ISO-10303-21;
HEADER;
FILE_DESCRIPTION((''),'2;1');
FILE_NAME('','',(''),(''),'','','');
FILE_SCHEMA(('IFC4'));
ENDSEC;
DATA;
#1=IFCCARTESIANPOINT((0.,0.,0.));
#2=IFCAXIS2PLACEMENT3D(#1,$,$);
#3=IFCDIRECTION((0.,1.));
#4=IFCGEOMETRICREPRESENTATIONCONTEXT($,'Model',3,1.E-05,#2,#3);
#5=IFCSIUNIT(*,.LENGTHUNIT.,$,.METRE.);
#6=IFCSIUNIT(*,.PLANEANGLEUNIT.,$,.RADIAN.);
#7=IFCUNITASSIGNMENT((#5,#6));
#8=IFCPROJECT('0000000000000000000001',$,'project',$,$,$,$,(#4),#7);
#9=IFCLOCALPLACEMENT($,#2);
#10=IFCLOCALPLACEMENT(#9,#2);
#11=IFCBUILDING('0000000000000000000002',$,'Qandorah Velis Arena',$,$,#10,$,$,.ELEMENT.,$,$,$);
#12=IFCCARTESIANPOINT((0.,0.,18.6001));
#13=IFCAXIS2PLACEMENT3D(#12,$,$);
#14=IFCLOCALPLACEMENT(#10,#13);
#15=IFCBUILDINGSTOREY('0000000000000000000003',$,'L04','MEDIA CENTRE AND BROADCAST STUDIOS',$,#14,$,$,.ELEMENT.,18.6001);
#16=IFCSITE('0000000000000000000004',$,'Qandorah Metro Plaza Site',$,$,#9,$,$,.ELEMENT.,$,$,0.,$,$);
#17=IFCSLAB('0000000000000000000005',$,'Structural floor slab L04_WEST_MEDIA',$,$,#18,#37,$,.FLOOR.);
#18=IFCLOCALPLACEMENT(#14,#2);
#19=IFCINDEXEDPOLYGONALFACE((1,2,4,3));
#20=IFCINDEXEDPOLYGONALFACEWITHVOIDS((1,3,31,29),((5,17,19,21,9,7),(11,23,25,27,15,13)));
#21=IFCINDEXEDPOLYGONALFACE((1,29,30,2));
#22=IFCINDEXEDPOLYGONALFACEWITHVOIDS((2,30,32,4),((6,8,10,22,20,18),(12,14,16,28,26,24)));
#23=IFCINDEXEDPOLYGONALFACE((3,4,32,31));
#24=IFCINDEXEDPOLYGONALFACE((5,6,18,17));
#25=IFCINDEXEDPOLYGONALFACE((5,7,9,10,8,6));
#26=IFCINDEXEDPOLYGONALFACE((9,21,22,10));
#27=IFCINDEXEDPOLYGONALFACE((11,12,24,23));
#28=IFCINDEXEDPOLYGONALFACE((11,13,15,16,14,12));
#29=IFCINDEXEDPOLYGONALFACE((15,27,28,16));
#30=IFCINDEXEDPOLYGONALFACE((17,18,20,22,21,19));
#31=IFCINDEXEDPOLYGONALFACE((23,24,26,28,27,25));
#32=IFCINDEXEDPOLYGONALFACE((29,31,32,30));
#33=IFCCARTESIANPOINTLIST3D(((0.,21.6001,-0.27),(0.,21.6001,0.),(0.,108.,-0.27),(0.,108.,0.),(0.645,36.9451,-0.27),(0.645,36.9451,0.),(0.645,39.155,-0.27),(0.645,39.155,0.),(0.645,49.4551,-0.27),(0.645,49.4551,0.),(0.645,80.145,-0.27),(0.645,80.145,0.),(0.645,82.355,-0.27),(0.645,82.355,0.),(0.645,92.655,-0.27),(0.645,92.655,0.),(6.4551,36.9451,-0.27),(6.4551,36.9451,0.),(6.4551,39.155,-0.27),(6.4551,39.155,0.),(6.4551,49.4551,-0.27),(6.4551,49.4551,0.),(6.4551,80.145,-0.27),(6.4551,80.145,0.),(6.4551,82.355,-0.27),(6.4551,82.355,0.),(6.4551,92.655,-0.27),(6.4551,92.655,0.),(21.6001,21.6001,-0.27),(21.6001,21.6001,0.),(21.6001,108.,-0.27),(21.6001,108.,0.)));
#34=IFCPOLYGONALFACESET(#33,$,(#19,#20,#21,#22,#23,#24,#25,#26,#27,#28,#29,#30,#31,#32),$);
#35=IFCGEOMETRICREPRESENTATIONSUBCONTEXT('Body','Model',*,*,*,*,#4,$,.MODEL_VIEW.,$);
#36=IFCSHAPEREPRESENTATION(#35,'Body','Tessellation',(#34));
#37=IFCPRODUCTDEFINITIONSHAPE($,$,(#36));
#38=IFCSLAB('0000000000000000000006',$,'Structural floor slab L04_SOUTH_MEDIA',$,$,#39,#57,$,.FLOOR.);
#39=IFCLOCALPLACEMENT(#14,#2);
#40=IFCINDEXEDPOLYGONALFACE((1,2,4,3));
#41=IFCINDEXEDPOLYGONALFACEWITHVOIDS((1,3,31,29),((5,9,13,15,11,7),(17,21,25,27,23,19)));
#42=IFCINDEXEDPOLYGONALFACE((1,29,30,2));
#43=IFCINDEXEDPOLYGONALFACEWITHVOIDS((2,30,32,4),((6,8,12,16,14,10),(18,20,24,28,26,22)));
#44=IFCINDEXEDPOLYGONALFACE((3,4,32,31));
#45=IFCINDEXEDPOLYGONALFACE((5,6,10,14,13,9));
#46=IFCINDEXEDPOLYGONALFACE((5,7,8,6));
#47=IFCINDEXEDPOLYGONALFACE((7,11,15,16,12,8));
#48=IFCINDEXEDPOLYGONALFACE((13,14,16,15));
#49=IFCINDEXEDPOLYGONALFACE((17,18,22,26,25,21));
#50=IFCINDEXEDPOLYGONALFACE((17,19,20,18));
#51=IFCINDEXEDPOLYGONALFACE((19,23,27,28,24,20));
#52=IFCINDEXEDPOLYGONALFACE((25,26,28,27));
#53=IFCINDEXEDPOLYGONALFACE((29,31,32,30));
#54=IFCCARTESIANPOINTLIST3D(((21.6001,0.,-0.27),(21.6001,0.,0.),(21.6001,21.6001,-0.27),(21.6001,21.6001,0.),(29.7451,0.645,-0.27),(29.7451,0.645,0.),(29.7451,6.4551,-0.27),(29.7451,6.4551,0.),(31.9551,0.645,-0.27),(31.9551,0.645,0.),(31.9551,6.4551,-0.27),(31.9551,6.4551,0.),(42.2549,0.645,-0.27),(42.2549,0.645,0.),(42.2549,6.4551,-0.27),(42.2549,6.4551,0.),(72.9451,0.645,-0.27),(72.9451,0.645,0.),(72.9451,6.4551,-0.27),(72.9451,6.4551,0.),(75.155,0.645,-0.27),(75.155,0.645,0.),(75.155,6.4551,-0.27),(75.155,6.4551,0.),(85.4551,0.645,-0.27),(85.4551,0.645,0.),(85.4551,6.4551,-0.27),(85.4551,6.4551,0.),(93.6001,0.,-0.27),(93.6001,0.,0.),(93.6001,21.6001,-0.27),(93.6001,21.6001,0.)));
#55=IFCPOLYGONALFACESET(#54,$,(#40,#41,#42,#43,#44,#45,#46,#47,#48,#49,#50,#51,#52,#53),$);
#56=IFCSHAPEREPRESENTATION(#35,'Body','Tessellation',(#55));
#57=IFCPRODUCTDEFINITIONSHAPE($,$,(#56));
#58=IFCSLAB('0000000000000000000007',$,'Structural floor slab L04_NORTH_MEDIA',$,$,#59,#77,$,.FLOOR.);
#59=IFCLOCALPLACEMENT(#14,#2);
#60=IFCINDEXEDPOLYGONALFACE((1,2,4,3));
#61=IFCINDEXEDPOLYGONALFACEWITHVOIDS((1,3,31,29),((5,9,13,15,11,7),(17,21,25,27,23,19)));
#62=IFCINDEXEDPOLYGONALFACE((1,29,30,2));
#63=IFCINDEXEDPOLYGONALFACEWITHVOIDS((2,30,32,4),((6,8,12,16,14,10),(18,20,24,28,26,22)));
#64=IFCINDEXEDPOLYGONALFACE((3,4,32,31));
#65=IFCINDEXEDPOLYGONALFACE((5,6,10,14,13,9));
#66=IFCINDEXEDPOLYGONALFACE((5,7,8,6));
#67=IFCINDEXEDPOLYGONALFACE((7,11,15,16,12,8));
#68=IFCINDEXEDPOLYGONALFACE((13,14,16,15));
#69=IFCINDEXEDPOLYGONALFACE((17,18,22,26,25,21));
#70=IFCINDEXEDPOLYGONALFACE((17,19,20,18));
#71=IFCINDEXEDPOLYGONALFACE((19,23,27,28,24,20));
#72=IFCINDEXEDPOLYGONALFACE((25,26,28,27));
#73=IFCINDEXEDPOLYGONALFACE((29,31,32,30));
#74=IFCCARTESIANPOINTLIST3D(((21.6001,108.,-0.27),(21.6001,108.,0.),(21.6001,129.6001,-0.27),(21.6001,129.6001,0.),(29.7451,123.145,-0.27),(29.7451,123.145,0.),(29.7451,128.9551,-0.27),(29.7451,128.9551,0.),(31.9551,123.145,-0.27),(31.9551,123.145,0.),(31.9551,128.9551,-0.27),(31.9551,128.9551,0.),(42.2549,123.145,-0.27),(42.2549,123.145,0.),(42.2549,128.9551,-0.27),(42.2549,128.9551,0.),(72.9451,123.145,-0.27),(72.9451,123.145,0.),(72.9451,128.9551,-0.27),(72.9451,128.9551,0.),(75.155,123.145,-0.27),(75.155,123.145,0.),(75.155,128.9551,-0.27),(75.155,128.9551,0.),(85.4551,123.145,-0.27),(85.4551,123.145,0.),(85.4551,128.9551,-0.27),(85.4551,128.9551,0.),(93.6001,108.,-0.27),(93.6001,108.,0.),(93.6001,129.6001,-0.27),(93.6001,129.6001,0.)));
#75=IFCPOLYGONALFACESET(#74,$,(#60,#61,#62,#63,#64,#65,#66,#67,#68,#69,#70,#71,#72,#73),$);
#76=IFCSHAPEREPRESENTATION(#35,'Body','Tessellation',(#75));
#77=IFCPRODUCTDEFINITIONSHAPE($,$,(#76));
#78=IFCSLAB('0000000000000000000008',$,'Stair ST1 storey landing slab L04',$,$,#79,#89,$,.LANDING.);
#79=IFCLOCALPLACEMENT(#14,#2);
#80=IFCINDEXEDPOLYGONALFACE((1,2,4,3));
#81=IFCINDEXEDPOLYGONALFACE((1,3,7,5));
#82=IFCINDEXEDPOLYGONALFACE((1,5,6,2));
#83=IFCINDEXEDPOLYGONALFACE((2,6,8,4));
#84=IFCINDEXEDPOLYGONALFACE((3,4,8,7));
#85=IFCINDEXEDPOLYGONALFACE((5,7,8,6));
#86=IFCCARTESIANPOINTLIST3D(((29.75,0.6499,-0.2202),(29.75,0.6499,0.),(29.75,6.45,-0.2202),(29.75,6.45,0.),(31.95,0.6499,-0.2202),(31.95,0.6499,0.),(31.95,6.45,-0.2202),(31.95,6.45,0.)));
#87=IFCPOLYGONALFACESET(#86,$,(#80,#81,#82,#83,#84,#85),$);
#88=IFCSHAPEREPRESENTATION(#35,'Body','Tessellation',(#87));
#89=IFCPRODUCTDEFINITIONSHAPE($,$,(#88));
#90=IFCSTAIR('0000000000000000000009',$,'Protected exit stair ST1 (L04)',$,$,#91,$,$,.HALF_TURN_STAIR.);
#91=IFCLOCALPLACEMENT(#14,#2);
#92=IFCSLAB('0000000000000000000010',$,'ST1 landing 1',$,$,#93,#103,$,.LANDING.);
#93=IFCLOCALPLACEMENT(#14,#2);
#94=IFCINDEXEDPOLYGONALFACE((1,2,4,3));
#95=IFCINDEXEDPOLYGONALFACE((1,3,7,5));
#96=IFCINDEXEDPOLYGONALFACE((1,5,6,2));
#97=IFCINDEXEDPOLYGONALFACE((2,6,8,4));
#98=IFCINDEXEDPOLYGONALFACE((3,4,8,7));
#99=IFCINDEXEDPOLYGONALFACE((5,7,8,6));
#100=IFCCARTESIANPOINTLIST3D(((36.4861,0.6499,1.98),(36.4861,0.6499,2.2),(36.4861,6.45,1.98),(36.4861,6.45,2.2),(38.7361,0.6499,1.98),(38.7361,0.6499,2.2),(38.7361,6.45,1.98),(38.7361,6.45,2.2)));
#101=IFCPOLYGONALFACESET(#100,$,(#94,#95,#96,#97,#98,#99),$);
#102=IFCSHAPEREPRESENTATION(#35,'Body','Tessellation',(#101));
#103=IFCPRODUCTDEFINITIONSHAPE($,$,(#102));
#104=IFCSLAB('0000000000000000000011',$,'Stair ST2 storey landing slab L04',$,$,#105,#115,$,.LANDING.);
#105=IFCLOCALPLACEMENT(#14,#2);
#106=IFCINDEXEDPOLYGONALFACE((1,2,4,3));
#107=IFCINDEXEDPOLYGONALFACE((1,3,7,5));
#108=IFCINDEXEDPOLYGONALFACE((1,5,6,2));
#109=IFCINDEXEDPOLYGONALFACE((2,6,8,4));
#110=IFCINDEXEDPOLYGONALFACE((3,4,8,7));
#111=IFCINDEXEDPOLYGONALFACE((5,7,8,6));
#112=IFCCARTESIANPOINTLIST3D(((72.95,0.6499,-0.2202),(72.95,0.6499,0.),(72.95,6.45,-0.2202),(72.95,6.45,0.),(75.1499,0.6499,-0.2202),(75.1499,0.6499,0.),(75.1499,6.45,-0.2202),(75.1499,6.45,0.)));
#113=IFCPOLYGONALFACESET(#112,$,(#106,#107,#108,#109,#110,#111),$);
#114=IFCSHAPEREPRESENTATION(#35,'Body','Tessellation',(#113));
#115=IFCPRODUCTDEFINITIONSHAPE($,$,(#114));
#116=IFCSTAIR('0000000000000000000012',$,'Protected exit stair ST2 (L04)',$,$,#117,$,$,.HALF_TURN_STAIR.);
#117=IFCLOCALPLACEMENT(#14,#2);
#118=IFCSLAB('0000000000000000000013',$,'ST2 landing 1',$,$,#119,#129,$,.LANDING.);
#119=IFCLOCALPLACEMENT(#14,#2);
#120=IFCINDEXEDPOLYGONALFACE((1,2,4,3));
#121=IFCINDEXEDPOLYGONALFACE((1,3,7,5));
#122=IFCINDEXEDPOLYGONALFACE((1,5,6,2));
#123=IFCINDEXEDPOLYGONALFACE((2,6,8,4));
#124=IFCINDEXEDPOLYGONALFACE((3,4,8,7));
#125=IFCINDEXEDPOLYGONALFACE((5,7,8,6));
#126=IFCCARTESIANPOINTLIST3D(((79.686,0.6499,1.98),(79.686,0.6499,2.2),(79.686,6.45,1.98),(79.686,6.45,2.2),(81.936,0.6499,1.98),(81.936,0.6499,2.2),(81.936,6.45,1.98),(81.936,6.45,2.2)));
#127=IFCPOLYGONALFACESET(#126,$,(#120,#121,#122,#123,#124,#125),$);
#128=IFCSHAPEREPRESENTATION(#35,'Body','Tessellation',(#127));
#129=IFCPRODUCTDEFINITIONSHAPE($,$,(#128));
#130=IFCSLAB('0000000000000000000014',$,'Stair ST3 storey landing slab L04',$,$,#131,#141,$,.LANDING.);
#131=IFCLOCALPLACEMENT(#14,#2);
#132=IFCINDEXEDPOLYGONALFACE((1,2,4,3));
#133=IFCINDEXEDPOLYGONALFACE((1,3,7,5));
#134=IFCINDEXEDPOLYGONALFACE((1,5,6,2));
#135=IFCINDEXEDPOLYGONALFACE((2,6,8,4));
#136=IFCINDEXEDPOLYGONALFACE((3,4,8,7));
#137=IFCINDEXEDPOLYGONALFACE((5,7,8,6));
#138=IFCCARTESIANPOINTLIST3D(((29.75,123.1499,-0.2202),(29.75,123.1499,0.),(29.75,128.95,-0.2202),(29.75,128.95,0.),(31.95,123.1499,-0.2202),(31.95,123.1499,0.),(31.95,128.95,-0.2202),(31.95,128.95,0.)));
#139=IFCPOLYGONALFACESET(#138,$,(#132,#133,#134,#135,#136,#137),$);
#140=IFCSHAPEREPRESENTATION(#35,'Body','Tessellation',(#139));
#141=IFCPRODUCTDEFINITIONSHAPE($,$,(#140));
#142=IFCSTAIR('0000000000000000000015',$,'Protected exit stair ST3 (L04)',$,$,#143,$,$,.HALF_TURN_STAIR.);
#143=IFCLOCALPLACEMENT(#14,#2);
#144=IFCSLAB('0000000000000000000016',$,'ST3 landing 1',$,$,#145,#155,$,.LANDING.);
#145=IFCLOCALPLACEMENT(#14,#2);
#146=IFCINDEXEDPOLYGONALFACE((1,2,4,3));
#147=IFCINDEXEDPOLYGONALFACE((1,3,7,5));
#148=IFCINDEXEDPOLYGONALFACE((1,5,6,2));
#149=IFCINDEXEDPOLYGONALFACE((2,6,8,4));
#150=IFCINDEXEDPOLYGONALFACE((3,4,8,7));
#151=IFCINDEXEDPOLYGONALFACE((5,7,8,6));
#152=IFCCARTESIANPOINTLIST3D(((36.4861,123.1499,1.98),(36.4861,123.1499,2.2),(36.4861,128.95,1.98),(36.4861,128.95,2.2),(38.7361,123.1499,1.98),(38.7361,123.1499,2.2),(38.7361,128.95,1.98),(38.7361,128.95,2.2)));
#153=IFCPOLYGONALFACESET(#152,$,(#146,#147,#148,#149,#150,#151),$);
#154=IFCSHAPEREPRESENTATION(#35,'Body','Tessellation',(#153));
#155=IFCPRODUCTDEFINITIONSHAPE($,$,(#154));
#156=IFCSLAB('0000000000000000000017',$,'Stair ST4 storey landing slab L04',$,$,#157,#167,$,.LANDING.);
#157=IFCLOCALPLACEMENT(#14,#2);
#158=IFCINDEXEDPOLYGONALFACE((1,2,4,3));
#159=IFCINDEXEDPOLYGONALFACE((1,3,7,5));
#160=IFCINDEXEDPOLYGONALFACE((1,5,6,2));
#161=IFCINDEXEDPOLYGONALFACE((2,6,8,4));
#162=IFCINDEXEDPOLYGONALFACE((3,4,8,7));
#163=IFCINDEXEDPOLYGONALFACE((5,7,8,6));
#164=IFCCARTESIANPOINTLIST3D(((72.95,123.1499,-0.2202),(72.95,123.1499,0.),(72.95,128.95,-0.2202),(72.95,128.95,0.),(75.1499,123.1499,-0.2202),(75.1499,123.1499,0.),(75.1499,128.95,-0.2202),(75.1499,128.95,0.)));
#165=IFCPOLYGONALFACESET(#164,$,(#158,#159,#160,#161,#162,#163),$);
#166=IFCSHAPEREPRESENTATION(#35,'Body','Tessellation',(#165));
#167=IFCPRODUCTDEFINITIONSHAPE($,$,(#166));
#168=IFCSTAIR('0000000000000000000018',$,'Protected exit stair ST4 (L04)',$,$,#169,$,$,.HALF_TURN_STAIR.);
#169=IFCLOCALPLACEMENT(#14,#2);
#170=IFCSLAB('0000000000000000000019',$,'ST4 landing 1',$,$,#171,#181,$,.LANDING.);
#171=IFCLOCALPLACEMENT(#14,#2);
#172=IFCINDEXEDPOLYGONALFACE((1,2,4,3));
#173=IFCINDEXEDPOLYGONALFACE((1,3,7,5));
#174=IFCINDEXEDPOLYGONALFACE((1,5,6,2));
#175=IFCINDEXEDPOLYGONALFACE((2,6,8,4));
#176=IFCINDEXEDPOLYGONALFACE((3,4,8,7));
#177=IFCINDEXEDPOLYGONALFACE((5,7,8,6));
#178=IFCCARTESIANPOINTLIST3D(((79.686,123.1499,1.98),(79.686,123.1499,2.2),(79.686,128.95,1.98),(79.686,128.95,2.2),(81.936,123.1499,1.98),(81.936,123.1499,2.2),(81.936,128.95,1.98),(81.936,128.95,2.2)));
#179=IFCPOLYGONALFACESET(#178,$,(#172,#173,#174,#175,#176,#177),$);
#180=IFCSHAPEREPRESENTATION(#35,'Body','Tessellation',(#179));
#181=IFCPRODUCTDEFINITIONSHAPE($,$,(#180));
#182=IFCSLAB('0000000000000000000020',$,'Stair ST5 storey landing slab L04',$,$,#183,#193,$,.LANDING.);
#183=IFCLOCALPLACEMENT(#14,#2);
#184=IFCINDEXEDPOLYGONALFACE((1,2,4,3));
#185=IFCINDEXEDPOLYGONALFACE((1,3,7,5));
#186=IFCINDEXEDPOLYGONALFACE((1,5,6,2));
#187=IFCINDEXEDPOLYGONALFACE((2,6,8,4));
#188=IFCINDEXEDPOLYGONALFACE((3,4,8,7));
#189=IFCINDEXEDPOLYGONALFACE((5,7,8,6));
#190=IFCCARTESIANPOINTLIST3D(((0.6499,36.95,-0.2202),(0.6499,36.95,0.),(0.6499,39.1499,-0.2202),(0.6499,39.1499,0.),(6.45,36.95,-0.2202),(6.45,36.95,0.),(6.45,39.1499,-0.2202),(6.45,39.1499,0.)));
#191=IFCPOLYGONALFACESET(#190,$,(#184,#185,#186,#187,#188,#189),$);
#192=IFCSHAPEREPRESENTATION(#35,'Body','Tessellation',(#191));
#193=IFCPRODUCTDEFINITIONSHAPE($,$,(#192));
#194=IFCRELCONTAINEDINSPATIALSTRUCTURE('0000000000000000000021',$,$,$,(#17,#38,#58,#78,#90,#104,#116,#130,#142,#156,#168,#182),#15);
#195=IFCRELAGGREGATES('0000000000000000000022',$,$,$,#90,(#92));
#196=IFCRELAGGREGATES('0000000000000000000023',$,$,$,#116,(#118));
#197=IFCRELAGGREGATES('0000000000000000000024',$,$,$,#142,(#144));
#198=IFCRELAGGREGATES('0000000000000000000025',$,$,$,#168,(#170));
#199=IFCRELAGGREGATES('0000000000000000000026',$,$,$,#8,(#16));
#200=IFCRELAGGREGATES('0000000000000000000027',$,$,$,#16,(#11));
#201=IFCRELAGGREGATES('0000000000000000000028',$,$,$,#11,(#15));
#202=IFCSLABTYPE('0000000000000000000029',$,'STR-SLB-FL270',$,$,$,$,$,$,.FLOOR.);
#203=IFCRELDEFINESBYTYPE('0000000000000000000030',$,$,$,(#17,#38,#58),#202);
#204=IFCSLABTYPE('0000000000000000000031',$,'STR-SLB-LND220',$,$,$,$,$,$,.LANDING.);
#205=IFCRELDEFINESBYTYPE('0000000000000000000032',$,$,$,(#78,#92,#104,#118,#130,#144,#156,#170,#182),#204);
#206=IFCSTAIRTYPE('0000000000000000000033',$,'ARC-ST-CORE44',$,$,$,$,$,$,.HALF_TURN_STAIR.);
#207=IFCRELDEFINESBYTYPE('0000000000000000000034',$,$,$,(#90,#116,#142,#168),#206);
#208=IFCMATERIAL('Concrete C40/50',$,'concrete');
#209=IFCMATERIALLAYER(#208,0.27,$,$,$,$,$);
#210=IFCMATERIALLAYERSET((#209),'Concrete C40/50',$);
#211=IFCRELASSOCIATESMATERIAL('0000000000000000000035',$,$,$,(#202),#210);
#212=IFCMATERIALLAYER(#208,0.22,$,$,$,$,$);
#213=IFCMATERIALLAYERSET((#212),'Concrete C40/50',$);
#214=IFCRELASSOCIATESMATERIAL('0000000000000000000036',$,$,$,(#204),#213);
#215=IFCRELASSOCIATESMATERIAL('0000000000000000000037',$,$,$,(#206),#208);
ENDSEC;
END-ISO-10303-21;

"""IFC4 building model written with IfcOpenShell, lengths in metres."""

from ifc_helpers import new_model, si_unit, direction, frame, origin, place, context, subcontext, project, spatial, polyline, outline, extrude, material, layer, layer_set, type_object, element, aggregate, save


model = new_model("IFC4")

# Units and contexts
model_context = context("Model", 3, precision=1e-05, world=origin(), true_north=direction((0.0, 1.0)))
body_context = subcontext(model_context, "Body", "Model", "MODEL_VIEW")
ifc_project = project(units=[si_unit("LENGTHUNIT", "METRE"), si_unit("PLANEANGLEUNIT", "RADIAN")], contexts=[model_context])

# Site, building, storey
site_placement = place(None, origin())
site = spatial("IfcSite", under=ifc_project, at=site_placement, Name="Qandorah Metro Plaza Site", CompositionType="ELEMENT", RefElevation=0.0)
building_placement = place(site_placement, origin())
building = spatial("IfcBuilding", under=site, at=building_placement, Name="Qandorah Velis Arena", CompositionType="ELEMENT")
storey_placement = place(building_placement, frame((0.0, 0.0, 18.6001)))
storey = spatial("IfcBuildingStorey", under=building, at=storey_placement, Name="L04", Description="MEDIA CENTRE AND BROADCAST STUDIOS", CompositionType="ELEMENT", Elevation=18.6001)

# Shared definitions
ifc_material_1 = material(Name="Concrete C40/50", Category="concrete")

# Slabs
ifc_layer_1 = layer(ifc_material_1, 0.27)
ifc_layer_set_1 = layer_set([ifc_layer_1], Name="Concrete C40/50")
slab_type_1 = type_object("IfcSlabType", Name="STR-SLB-FL270", PredefinedType="FLOOR", material=ifc_layer_set_1)
slab_1_placement = place(storey_placement, frame((0.0, 0.0, -0.27)))
element("IfcSlab", 1, at=slab_1_placement, inside=storey, type_object=slab_type_1, Name="Structural floor slab L04_WEST_MEDIA", PredefinedType="FLOOR", context=body_context, shape_type="SweptSolid", body=[
    extrude(outline(polyline([(21.6001, 21.6001), (0.0, 21.6001), (0.0, 108.0), (21.6001, 108.0), (21.6001, 21.6001)]), holes=[polyline([(6.4551, 36.9451), (6.4551, 39.155), (6.4551, 49.4551), (0.645, 49.4551), (0.645, 39.155), (0.645, 36.9451), (6.4551, 36.9451)]), polyline([(0.645, 80.145), (6.4551, 80.145), (6.4551, 82.355), (6.4551, 92.655), (0.645, 92.655), (0.645, 82.355), (0.645, 80.145)])]), origin(), (0.0, 0.0, 1.0), 0.27),
])
slab_2_placement = place(storey_placement, frame((0.0, 0.0, -0.27)))
element("IfcSlab", 2, at=slab_2_placement, inside=storey, type_object=slab_type_1, Name="Structural floor slab L04_SOUTH_MEDIA", PredefinedType="FLOOR", context=body_context, shape_type="SweptSolid", body=[
    extrude(outline(polyline([(93.6001, 0.0), (21.6001, 0.0), (21.6001, 21.6001), (93.6001, 21.6001), (93.6001, 0.0)]), holes=[polyline([(31.9551, 0.645), (42.2549, 0.645), (42.2549, 6.4551), (31.9551, 6.4551), (29.7451, 6.4551), (29.7451, 0.645), (31.9551, 0.645)]), polyline([(72.9451, 0.645), (75.155, 0.645), (85.4551, 0.645), (85.4551, 6.4551), (75.155, 6.4551), (72.9451, 6.4551), (72.9451, 0.645)])]), origin(), (0.0, 0.0, 1.0), 0.27),
])
slab_3_placement = place(storey_placement, frame((0.0, 0.0, -0.27)))
element("IfcSlab", 3, at=slab_3_placement, inside=storey, type_object=slab_type_1, Name="Structural floor slab L04_NORTH_MEDIA", PredefinedType="FLOOR", context=body_context, shape_type="SweptSolid", body=[
    extrude(outline(polyline([(93.6001, 108.0), (21.6001, 108.0), (21.6001, 129.6001), (93.6001, 129.6001), (93.6001, 108.0)]), holes=[polyline([(29.7451, 123.145), (31.9551, 123.145), (42.2549, 123.145), (42.2549, 128.9551), (31.9551, 128.9551), (31.9551, 128.9551), (29.7451, 128.9551), (29.7451, 128.9551), (29.7451, 123.145)]), polyline([(72.9451, 128.9551), (72.9451, 123.145), (75.155, 123.145), (85.4551, 123.145), (85.4551, 128.9551), (75.155, 128.9551), (75.155, 128.9551), (72.9451, 128.9551), (72.9451, 128.9551)])]), origin(), (0.0, 0.0, 1.0), 0.27),
])
ifc_layer_2 = layer(ifc_material_1, 0.22)
ifc_layer_set_2 = layer_set([ifc_layer_2], Name="Concrete C40/50")
slab_type_2 = type_object("IfcSlabType", Name="STR-SLB-LND220", PredefinedType="LANDING", material=ifc_layer_set_2)
slab_4_placement = place(storey_placement, frame((0.0, 0.0, -0.2202)))
element("IfcSlab", 4, at=slab_4_placement, inside=storey, type_object=slab_type_2, Name="Stair ST1 storey landing slab L04", PredefinedType="LANDING", context=body_context, shape_type="SweptSolid", body=[
    extrude(outline(polyline([(29.75, 0.6499), (31.95, 0.6499), (31.95, 6.45), (29.75, 6.45), (29.75, 0.6499)])), origin(), (0.0, 0.0, 1.0), 0.2202),
])

# Stair, slab
stair_type = type_object("IfcStairType", Name="ARC-ST-CORE44", PredefinedType="HALF_TURN_STAIR", material=ifc_material_1)
stair_1_placement = place(storey_placement, origin())
stair_1 = element("IfcStair", 5, at=stair_1_placement, inside=storey, type_object=stair_type, Name="Protected exit stair ST1 (L04)", PredefinedType="HALF_TURN_STAIR")
slab_5_placement = place(storey_placement, frame((0.0, 0.0, 1.98)))
slab_5 = element("IfcSlab", 6, at=slab_5_placement, type_object=slab_type_2, Name="ST1 landing 1", PredefinedType="LANDING", context=body_context, shape_type="SweptSolid", body=[
    extrude(outline(polyline([(36.4861, 0.6499), (38.7361, 0.6499), (38.7361, 6.45), (36.4861, 6.45), (36.4861, 0.6499)])), origin(), (0.0, 0.0, 1.0), 0.22),
])
aggregate(stair_1, [slab_5])

# Slab
slab_6_placement = place(storey_placement, frame((0.0, 0.0, -0.2202)))
element("IfcSlab", 7, at=slab_6_placement, inside=storey, type_object=slab_type_2, Name="Stair ST2 storey landing slab L04", PredefinedType="LANDING", context=body_context, shape_type="SweptSolid", body=[
    extrude(outline(polyline([(72.95, 0.6499), (75.1499, 0.6499), (75.1499, 6.45), (72.95, 6.45), (72.95, 0.6499)])), origin(), (0.0, 0.0, 1.0), 0.2202),
])

# Stair, slab
stair_2_placement = place(storey_placement, origin())
stair_2 = element("IfcStair", 8, at=stair_2_placement, inside=storey, type_object=stair_type, Name="Protected exit stair ST2 (L04)", PredefinedType="HALF_TURN_STAIR")
slab_7_placement = place(storey_placement, frame((0.0, 0.0, 1.98)))
slab_7 = element("IfcSlab", 9, at=slab_7_placement, type_object=slab_type_2, Name="ST2 landing 1", PredefinedType="LANDING", context=body_context, shape_type="SweptSolid", body=[
    extrude(outline(polyline([(79.686, 0.6499), (81.936, 0.6499), (81.936, 6.45), (79.686, 6.45), (79.686, 0.6499)])), origin(), (0.0, 0.0, 1.0), 0.22),
])
aggregate(stair_2, [slab_7])

# Slab
slab_8_placement = place(storey_placement, frame((0.0, 0.0, -0.2202)))
element("IfcSlab", 10, at=slab_8_placement, inside=storey, type_object=slab_type_2, Name="Stair ST3 storey landing slab L04", PredefinedType="LANDING", context=body_context, shape_type="SweptSolid", body=[
    extrude(outline(polyline([(29.75, 123.1499), (31.95, 123.1499), (31.95, 128.95), (29.75, 128.95), (29.75, 123.1499)])), origin(), (0.0, 0.0, 1.0), 0.2202),
])

# Stair, slab
stair_3_placement = place(storey_placement, origin())
stair_3 = element("IfcStair", 11, at=stair_3_placement, inside=storey, type_object=stair_type, Name="Protected exit stair ST3 (L04)", PredefinedType="HALF_TURN_STAIR")
slab_9_placement = place(storey_placement, frame((0.0, 0.0, 1.98)))
slab_9 = element("IfcSlab", 12, at=slab_9_placement, type_object=slab_type_2, Name="ST3 landing 1", PredefinedType="LANDING", context=body_context, shape_type="SweptSolid", body=[
    extrude(outline(polyline([(36.4861, 123.1499), (38.7361, 123.1499), (38.7361, 128.95), (36.4861, 128.95), (36.4861, 123.1499)])), origin(), (0.0, 0.0, 1.0), 0.22),
])
aggregate(stair_3, [slab_9])

# Slab
slab_10_placement = place(storey_placement, frame((0.0, 0.0, -0.2202)))
element("IfcSlab", 13, at=slab_10_placement, inside=storey, type_object=slab_type_2, Name="Stair ST4 storey landing slab L04", PredefinedType="LANDING", context=body_context, shape_type="SweptSolid", body=[
    extrude(outline(polyline([(72.95, 123.1499), (75.1499, 123.1499), (75.1499, 128.95), (72.95, 128.95), (72.95, 123.1499)])), origin(), (0.0, 0.0, 1.0), 0.2202),
])

# Stair, slab
stair_4_placement = place(storey_placement, origin())
stair_4 = element("IfcStair", 14, at=stair_4_placement, inside=storey, type_object=stair_type, Name="Protected exit stair ST4 (L04)", PredefinedType="HALF_TURN_STAIR")
slab_11_placement = place(storey_placement, frame((0.0, 0.0, 1.98)))
slab_11 = element("IfcSlab", 15, at=slab_11_placement, type_object=slab_type_2, Name="ST4 landing 1", PredefinedType="LANDING", context=body_context, shape_type="SweptSolid", body=[
    extrude(outline(polyline([(79.686, 123.1499), (81.936, 123.1499), (81.936, 128.95), (79.686, 128.95), (79.686, 123.1499)])), origin(), (0.0, 0.0, 1.0), 0.22),
])
aggregate(stair_4, [slab_11])

# Slab
slab_12_placement = place(storey_placement, frame((0.0, 0.0, -0.2202)))
element("IfcSlab", 16, at=slab_12_placement, inside=storey, type_object=slab_type_2, Name="Stair ST5 storey landing slab L04", PredefinedType="LANDING", context=body_context, shape_type="SweptSolid", body=[
    extrude(outline(polyline([(0.6499, 36.95), (6.45, 36.95), (6.45, 39.1499), (0.6499, 39.1499), (0.6499, 36.95)])), origin(), (0.0, 0.0, 1.0), 0.2202),
])

save(model, "model.ifc")
